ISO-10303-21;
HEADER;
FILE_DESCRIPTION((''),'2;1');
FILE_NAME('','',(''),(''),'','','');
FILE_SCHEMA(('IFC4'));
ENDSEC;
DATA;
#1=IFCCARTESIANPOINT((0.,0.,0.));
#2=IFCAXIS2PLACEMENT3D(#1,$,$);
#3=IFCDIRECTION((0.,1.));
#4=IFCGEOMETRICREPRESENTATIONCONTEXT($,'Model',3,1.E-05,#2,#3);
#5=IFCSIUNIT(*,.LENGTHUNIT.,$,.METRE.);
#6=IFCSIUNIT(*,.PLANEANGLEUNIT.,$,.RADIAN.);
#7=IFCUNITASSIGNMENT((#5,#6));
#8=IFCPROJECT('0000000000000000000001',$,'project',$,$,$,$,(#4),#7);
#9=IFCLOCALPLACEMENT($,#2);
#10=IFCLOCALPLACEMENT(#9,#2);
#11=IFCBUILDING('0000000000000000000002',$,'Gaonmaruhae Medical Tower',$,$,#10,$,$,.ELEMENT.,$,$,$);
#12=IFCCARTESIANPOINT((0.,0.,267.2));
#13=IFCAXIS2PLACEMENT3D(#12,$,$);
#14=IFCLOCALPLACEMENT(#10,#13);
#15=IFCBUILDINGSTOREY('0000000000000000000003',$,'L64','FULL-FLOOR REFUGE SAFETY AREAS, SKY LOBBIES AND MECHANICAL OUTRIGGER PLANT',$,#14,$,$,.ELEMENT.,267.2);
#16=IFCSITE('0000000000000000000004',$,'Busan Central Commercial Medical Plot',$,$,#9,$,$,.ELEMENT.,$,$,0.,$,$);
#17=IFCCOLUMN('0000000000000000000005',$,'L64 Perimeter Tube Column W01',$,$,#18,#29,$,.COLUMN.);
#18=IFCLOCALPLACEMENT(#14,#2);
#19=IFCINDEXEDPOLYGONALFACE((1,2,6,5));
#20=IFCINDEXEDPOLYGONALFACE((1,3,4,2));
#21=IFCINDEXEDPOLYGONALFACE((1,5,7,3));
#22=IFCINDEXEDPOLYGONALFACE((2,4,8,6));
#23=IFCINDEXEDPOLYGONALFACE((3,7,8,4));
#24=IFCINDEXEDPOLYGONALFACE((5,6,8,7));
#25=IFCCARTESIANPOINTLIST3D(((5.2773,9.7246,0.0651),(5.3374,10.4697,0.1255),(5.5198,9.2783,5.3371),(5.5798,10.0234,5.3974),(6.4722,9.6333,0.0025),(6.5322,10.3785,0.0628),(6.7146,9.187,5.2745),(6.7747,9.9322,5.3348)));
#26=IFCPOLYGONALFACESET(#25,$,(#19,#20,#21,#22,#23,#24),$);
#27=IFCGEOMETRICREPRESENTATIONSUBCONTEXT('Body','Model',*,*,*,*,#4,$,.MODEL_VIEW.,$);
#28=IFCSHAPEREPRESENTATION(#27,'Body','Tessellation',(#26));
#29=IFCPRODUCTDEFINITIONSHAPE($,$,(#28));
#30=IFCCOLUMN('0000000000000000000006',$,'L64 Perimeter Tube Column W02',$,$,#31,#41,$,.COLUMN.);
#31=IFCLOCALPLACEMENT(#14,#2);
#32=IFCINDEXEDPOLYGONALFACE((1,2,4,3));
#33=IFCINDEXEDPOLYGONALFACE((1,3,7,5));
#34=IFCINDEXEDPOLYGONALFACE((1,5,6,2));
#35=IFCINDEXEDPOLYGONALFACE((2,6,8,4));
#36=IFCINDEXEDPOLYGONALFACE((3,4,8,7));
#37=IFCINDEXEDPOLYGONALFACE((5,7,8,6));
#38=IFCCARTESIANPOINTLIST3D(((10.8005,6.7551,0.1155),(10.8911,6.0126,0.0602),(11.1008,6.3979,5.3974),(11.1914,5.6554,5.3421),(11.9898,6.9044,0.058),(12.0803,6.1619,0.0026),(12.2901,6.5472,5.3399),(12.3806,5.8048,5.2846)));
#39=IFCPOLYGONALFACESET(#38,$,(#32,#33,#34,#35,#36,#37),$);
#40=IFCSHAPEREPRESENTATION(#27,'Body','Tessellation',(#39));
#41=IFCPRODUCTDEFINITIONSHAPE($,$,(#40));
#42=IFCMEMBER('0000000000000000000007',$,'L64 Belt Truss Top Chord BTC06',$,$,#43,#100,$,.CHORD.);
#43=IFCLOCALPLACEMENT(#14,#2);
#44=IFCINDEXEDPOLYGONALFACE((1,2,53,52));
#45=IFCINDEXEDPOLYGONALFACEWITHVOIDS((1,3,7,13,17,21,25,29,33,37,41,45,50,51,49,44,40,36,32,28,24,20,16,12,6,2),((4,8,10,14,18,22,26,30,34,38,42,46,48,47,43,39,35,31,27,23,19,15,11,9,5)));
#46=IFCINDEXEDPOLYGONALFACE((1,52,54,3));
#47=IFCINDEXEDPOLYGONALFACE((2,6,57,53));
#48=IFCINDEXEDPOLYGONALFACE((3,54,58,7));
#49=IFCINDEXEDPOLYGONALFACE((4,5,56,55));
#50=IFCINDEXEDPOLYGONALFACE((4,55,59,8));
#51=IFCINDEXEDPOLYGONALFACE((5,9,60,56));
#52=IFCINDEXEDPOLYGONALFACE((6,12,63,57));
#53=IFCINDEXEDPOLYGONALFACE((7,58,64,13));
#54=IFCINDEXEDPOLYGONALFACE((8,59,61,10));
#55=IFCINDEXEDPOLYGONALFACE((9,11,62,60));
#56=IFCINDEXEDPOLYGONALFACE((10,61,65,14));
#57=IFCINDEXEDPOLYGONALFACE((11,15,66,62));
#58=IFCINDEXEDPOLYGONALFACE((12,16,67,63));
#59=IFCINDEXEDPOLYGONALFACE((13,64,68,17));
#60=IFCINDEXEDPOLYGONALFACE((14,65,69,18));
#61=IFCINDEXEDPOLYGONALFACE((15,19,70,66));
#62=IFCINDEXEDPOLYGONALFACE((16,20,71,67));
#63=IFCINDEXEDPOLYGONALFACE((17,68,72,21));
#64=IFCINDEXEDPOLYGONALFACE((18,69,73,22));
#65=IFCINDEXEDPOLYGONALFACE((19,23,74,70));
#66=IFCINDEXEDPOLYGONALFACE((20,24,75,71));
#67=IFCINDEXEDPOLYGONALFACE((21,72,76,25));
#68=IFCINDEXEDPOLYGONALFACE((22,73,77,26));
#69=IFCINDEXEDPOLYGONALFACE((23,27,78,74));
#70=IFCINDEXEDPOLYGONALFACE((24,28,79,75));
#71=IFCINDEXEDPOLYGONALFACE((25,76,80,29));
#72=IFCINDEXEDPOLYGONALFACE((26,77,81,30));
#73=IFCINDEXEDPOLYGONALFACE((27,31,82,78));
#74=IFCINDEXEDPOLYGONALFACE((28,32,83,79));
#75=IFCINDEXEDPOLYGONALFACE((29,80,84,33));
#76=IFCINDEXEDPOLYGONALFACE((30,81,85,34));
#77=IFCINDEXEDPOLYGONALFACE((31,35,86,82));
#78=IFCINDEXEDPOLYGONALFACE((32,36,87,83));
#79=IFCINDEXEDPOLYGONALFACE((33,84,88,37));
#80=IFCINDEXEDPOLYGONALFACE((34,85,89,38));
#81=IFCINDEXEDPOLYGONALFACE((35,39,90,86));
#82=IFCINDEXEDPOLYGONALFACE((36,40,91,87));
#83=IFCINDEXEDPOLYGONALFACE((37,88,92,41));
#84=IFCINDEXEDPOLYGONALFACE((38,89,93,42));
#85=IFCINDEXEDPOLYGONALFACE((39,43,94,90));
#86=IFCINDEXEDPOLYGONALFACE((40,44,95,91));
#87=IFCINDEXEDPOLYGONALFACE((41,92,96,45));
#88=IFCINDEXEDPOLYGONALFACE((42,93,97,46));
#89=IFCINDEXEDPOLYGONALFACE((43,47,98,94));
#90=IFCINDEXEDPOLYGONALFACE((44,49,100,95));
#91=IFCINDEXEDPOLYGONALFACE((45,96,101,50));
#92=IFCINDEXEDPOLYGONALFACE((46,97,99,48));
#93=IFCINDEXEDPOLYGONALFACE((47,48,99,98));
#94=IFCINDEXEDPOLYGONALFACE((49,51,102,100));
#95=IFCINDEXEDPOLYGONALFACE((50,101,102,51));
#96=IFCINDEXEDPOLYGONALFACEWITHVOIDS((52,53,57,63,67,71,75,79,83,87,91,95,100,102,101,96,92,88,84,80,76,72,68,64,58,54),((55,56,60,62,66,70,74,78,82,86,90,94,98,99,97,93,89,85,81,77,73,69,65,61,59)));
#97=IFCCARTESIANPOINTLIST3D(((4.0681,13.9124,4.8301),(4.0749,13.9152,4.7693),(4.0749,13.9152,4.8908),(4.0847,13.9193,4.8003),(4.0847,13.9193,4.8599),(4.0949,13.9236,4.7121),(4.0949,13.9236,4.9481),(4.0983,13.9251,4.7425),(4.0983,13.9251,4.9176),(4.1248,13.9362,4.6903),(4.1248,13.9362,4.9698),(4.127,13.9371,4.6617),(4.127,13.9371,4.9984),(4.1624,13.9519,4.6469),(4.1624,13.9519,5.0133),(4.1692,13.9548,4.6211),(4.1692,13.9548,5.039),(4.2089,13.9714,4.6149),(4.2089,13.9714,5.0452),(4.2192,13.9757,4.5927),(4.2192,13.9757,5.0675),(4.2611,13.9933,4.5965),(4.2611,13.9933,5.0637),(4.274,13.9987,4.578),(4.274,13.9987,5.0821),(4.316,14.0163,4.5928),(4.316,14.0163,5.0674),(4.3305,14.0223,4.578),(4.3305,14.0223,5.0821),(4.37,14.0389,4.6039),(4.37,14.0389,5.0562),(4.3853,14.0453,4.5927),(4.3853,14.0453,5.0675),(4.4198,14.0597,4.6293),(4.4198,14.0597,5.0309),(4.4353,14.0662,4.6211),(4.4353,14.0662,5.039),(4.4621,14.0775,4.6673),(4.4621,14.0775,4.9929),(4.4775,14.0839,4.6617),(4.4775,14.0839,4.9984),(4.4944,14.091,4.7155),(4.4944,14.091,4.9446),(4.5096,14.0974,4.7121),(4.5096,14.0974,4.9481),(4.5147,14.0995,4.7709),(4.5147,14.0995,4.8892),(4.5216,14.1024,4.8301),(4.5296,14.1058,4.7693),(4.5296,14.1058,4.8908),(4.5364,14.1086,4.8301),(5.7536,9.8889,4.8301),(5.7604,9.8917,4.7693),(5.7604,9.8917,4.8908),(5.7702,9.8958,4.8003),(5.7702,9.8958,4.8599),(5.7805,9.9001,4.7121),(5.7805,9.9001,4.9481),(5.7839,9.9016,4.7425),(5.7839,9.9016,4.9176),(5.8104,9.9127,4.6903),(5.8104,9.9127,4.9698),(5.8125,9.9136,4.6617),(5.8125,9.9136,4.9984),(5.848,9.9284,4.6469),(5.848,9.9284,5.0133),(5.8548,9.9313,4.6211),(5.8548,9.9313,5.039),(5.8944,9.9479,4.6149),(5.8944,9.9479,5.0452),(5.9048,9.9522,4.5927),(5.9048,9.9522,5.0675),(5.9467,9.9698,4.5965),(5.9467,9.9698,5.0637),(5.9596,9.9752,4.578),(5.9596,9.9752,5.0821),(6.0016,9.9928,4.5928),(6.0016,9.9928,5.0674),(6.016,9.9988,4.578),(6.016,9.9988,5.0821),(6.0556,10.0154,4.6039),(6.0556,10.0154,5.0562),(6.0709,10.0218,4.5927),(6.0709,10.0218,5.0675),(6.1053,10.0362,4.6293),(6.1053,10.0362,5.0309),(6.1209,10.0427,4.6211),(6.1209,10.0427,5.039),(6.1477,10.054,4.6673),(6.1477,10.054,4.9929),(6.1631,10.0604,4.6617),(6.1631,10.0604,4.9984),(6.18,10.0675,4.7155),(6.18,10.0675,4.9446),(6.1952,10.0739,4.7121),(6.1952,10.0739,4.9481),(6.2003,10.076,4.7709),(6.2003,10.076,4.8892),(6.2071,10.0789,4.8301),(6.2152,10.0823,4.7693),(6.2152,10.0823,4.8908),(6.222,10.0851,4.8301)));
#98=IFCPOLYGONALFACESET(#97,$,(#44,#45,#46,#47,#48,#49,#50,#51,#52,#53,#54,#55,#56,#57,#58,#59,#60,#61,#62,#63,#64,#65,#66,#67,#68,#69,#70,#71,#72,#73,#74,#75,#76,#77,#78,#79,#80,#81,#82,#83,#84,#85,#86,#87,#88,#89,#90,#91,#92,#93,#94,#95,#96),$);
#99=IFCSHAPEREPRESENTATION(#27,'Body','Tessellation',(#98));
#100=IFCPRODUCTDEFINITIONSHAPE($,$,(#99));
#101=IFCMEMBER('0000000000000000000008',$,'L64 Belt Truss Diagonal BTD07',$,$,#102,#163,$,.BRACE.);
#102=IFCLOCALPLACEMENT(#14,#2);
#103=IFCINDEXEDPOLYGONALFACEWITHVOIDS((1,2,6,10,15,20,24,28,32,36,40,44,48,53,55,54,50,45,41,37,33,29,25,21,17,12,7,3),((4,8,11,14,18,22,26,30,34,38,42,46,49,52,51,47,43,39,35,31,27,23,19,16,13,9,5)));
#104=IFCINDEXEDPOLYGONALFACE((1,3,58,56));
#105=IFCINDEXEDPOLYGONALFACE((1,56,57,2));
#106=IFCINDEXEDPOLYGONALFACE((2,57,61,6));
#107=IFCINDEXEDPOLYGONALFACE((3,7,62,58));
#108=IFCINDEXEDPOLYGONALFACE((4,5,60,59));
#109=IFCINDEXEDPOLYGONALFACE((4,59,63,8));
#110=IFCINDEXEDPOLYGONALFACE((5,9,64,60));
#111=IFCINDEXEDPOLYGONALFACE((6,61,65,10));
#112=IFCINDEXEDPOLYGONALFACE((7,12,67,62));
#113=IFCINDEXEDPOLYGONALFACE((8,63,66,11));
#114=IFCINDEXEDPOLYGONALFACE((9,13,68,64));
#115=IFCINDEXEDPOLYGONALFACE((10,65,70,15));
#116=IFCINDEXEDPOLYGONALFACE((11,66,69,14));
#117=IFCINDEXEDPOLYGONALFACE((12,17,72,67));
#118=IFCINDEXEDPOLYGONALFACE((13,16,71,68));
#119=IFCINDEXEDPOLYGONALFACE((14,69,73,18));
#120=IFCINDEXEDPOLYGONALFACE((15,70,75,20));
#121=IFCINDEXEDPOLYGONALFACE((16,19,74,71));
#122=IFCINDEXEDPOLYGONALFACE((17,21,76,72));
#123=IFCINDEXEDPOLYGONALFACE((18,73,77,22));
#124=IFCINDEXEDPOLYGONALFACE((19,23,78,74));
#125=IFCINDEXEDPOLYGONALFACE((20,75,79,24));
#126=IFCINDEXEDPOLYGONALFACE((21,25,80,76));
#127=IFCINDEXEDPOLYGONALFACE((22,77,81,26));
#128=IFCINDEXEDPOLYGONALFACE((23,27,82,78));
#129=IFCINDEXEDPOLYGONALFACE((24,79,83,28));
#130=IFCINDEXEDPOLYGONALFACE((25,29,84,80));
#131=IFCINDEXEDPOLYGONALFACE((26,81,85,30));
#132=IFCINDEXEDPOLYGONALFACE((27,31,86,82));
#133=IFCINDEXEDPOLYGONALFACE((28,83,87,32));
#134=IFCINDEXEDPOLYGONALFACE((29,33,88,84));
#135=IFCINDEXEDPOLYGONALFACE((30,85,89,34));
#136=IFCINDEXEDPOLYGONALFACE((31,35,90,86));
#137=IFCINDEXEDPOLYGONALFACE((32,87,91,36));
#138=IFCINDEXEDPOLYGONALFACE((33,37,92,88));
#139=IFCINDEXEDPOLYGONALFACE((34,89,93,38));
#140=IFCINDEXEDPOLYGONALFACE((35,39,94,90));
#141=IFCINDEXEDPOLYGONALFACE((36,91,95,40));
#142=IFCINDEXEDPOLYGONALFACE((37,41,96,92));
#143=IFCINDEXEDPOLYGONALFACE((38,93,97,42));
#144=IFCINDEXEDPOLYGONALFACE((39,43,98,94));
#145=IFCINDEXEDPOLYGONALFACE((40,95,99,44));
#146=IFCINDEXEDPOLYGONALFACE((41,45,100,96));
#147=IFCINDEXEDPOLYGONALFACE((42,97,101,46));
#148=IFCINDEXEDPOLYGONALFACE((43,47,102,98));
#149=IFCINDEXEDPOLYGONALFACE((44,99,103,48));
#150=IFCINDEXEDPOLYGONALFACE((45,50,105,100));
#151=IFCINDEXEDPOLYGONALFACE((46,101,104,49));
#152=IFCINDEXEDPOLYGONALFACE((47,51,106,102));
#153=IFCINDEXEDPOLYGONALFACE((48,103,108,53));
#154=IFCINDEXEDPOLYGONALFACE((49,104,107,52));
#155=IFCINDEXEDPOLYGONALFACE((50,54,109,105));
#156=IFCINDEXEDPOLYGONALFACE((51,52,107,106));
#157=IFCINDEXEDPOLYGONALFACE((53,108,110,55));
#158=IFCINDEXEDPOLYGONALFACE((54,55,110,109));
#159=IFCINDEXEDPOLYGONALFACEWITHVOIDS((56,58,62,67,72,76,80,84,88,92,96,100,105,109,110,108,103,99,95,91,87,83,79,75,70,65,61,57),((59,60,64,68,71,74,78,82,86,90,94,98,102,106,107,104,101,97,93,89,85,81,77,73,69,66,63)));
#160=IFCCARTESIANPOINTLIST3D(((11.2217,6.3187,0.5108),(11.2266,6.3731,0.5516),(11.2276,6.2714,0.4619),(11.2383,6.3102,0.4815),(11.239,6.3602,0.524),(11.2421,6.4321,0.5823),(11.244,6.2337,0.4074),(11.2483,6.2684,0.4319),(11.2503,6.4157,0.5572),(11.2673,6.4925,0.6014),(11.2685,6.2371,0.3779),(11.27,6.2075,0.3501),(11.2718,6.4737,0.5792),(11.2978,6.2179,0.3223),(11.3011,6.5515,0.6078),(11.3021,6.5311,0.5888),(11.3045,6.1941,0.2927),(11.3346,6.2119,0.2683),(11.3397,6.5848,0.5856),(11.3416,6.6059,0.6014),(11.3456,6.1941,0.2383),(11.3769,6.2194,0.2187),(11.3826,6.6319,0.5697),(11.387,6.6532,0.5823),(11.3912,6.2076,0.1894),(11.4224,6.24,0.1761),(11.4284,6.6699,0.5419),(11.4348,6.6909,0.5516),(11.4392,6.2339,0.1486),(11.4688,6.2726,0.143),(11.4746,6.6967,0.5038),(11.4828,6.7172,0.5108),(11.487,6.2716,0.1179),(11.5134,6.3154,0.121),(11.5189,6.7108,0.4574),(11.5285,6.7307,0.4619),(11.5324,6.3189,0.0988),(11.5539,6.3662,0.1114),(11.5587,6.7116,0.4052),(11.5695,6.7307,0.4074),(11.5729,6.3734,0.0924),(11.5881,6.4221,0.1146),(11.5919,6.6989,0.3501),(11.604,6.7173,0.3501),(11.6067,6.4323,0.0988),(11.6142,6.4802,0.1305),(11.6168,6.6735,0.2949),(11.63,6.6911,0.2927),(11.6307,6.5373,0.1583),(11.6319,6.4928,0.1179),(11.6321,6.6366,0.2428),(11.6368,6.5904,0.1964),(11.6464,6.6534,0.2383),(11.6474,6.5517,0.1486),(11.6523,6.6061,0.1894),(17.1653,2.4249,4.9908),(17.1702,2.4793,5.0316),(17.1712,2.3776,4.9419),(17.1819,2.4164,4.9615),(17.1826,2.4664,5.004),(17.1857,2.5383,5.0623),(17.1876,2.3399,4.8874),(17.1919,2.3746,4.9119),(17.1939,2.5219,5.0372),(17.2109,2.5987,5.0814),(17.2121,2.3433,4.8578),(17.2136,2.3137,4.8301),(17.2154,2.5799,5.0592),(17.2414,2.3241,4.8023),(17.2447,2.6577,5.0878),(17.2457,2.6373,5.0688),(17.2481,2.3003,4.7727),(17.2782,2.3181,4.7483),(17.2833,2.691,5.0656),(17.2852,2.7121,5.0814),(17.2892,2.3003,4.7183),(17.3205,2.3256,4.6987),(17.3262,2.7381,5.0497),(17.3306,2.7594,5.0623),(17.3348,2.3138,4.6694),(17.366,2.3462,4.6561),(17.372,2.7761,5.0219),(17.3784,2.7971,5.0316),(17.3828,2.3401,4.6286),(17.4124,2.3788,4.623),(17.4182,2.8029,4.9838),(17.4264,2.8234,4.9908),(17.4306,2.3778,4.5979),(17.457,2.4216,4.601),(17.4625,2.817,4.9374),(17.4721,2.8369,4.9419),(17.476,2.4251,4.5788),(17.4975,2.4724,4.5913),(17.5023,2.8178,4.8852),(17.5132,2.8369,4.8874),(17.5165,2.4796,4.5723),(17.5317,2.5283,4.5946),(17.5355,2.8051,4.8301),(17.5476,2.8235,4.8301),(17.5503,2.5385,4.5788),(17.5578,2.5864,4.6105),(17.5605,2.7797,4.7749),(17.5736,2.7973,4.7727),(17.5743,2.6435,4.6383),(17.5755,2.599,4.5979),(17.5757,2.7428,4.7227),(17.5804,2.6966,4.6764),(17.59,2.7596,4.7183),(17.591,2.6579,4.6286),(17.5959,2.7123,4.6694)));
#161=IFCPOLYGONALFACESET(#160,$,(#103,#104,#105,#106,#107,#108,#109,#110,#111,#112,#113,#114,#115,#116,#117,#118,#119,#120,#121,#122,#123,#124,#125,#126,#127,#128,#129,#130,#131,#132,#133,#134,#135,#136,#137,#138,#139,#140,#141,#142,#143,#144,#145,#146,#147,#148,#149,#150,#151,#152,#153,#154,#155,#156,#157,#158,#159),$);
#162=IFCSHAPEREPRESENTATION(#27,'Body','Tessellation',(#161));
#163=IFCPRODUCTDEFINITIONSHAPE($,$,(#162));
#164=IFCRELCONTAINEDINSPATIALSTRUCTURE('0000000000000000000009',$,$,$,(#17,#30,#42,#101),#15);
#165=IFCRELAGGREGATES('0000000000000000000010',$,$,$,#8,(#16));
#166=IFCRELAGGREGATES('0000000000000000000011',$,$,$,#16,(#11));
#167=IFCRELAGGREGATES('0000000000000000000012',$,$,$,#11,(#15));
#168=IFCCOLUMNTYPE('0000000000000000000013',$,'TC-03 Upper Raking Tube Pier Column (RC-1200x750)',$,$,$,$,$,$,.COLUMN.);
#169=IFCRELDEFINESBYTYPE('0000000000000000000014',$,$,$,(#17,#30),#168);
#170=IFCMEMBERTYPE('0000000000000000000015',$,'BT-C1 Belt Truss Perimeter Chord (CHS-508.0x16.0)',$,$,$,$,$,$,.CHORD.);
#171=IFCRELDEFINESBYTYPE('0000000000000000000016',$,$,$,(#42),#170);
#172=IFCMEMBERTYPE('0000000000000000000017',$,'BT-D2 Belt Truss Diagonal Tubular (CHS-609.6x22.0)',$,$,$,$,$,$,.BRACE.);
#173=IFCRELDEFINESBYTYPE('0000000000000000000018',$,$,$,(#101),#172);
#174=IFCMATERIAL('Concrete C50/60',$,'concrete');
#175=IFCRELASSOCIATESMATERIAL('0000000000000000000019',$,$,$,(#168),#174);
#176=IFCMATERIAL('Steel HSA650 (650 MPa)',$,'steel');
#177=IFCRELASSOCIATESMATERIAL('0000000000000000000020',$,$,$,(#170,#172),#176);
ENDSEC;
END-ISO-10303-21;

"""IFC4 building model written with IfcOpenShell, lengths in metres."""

from ifc_helpers import new_model, si_unit, direction, frame, origin, origin_2d, place, context, subcontext, project, spatial, rectangle, hollow_circle, extrude, material, material_profile, profile_set, type_object, element, save


model = new_model("IFC4")

# Units and contexts
model_context = context("Model", 3, precision=1e-05, world=origin(), true_north=direction((0.0, 1.0)))
body_context = subcontext(model_context, "Body", "Model", "MODEL_VIEW")
ifc_project = project(units=[si_unit("LENGTHUNIT", "METRE"), si_unit("PLANEANGLEUNIT", "RADIAN")], contexts=[model_context])

# Site, building, storey
site_placement = place(None, origin())
site = spatial("IfcSite", under=ifc_project, at=site_placement, Name="Busan Central Commercial Medical Plot", CompositionType="ELEMENT", RefElevation=0.0)
building_placement = place(site_placement, origin())
building = spatial("IfcBuilding", under=site, at=building_placement, Name="Gaonmaruhae Medical Tower", CompositionType="ELEMENT")
storey_placement = place(building_placement, frame((0.0, 0.0, 267.2)))
storey = spatial("IfcBuildingStorey", under=building, at=storey_placement, Name="L64", Description="FULL-FLOOR REFUGE SAFETY AREAS, SKY LOBBIES AND MECHANICAL OUTRIGGER PLANT", CompositionType="ELEMENT", Elevation=267.2)

# Columns
ifc_material_1 = material(Name="Concrete C50/60", Category="concrete")
ifc_material_profile_1 = material_profile(ifc_material_1, rectangle(XDim=1.2, YDim=0.75, at=origin_2d()), Name="RC-1200x750")
ifc_profile_set_1 = profile_set([ifc_material_profile_1], Name="Concrete C50/60")
column_type = type_object("IfcColumnType", Name="TC-03 Upper Raking Tube Pier Column (RC-1200x750)", PredefinedType="COLUMN", material=ifc_profile_set_1)
column_1_placement = place(storey_placement, frame((5.9048, 10.0515, 0.064), z_axis=(0.045773, -0.084263, 0.995392), x_axis=(-0.995735, 0.076053, 0.052227)))
element("IfcColumn", 1, at=column_1_placement, inside=storey, type_object=column_type, Name="L64 Perimeter Tube Column W01", PredefinedType="COLUMN", context=body_context, shape_type="SweptSolid", body=[
    extrude(rectangle(XDim=1.2, YDim=0.75, at=origin_2d()), origin(), (0.0, 0.0, 1.0), 5.2964),
])
column_2_placement = place(storey_placement, frame((11.4404, 6.4585, 0.0591), z_axis=(0.056632, -0.06736, 0.99612), x_axis=(-0.991069, -0.12444, 0.04793)))
element("IfcColumn", 2, at=column_2_placement, inside=storey, type_object=column_type, Name="L64 Perimeter Tube Column W02", PredefinedType="COLUMN", context=body_context, shape_type="SweptSolid", body=[
    extrude(rectangle(XDim=1.2, YDim=0.75, at=origin_2d()), origin(), (0.0, 0.0, 1.0), 5.3025),
])

# Members
ifc_material_2 = material(Name="Steel HSA650 (650 MPa)", Category="steel")
ifc_material_profile_2 = material_profile(ifc_material_2, hollow_circle(Radius=0.2539, WallThickness=0.0161, at=origin_2d()), Name="CHS-508.0x16.0")
ifc_profile_set_2 = profile_set([ifc_material_profile_2], Name="Steel HSA650 (650 MPa)")
member_type_1 = type_object("IfcMemberType", Name="BT-C1 Belt Truss Perimeter Chord (CHS-508.0x16.0)", PredefinedType="CHORD", material=ifc_profile_set_2)
member_1_placement = place(storey_placement, frame((4.3022, 14.0105, 4.8301), z_axis=(0.386395, -0.922333, 0.0), x_axis=(0.922333, 0.386395, 0.0)))
element("IfcMember", 3, at=member_1_placement, inside=storey, type_object=member_type_1, Name="L64 Belt Truss Top Chord BTC06", PredefinedType="CHORD", context=body_context, shape_type="SweptSolid", body=[
    extrude(hollow_circle(Radius=0.2539, WallThickness=0.0161, at=origin_2d()), origin(), (0.0, 0.0, 1.0), 4.3623),
])
ifc_material_profile_3 = material_profile(ifc_material_2, hollow_circle(Radius=0.3047, WallThickness=0.022, at=origin_2d()), Name="CHS-609.6x22.0")
ifc_profile_set_3 = profile_set([ifc_material_profile_3], Name="Steel HSA650 (650 MPa)")
member_type_2 = type_object("IfcMemberType", Name="BT-D2 Belt Truss Diagonal Tubular (CHS-609.6x22.0)", PredefinedType="BRACE", material=ifc_profile_set_3)
member_2_placement = place(storey_placement, frame((11.437, 6.4624, 0.3501), z_axis=(0.70758, -0.463553, 0.533337), x_axis=(0.547998, 0.83648, 0.0)))
element("IfcMember", 4, at=member_2_placement, inside=storey, type_object=member_type_2, Name="L64 Belt Truss Diagonal BTD07", PredefinedType="BRACE", context=body_context, shape_type="SweptSolid", body=[
    extrude(hollow_circle(Radius=0.3047, WallThickness=0.022, at=origin_2d()), origin(), (0.0, 0.0, 1.0), 8.3999),
])

save(model, "model.ifc")
